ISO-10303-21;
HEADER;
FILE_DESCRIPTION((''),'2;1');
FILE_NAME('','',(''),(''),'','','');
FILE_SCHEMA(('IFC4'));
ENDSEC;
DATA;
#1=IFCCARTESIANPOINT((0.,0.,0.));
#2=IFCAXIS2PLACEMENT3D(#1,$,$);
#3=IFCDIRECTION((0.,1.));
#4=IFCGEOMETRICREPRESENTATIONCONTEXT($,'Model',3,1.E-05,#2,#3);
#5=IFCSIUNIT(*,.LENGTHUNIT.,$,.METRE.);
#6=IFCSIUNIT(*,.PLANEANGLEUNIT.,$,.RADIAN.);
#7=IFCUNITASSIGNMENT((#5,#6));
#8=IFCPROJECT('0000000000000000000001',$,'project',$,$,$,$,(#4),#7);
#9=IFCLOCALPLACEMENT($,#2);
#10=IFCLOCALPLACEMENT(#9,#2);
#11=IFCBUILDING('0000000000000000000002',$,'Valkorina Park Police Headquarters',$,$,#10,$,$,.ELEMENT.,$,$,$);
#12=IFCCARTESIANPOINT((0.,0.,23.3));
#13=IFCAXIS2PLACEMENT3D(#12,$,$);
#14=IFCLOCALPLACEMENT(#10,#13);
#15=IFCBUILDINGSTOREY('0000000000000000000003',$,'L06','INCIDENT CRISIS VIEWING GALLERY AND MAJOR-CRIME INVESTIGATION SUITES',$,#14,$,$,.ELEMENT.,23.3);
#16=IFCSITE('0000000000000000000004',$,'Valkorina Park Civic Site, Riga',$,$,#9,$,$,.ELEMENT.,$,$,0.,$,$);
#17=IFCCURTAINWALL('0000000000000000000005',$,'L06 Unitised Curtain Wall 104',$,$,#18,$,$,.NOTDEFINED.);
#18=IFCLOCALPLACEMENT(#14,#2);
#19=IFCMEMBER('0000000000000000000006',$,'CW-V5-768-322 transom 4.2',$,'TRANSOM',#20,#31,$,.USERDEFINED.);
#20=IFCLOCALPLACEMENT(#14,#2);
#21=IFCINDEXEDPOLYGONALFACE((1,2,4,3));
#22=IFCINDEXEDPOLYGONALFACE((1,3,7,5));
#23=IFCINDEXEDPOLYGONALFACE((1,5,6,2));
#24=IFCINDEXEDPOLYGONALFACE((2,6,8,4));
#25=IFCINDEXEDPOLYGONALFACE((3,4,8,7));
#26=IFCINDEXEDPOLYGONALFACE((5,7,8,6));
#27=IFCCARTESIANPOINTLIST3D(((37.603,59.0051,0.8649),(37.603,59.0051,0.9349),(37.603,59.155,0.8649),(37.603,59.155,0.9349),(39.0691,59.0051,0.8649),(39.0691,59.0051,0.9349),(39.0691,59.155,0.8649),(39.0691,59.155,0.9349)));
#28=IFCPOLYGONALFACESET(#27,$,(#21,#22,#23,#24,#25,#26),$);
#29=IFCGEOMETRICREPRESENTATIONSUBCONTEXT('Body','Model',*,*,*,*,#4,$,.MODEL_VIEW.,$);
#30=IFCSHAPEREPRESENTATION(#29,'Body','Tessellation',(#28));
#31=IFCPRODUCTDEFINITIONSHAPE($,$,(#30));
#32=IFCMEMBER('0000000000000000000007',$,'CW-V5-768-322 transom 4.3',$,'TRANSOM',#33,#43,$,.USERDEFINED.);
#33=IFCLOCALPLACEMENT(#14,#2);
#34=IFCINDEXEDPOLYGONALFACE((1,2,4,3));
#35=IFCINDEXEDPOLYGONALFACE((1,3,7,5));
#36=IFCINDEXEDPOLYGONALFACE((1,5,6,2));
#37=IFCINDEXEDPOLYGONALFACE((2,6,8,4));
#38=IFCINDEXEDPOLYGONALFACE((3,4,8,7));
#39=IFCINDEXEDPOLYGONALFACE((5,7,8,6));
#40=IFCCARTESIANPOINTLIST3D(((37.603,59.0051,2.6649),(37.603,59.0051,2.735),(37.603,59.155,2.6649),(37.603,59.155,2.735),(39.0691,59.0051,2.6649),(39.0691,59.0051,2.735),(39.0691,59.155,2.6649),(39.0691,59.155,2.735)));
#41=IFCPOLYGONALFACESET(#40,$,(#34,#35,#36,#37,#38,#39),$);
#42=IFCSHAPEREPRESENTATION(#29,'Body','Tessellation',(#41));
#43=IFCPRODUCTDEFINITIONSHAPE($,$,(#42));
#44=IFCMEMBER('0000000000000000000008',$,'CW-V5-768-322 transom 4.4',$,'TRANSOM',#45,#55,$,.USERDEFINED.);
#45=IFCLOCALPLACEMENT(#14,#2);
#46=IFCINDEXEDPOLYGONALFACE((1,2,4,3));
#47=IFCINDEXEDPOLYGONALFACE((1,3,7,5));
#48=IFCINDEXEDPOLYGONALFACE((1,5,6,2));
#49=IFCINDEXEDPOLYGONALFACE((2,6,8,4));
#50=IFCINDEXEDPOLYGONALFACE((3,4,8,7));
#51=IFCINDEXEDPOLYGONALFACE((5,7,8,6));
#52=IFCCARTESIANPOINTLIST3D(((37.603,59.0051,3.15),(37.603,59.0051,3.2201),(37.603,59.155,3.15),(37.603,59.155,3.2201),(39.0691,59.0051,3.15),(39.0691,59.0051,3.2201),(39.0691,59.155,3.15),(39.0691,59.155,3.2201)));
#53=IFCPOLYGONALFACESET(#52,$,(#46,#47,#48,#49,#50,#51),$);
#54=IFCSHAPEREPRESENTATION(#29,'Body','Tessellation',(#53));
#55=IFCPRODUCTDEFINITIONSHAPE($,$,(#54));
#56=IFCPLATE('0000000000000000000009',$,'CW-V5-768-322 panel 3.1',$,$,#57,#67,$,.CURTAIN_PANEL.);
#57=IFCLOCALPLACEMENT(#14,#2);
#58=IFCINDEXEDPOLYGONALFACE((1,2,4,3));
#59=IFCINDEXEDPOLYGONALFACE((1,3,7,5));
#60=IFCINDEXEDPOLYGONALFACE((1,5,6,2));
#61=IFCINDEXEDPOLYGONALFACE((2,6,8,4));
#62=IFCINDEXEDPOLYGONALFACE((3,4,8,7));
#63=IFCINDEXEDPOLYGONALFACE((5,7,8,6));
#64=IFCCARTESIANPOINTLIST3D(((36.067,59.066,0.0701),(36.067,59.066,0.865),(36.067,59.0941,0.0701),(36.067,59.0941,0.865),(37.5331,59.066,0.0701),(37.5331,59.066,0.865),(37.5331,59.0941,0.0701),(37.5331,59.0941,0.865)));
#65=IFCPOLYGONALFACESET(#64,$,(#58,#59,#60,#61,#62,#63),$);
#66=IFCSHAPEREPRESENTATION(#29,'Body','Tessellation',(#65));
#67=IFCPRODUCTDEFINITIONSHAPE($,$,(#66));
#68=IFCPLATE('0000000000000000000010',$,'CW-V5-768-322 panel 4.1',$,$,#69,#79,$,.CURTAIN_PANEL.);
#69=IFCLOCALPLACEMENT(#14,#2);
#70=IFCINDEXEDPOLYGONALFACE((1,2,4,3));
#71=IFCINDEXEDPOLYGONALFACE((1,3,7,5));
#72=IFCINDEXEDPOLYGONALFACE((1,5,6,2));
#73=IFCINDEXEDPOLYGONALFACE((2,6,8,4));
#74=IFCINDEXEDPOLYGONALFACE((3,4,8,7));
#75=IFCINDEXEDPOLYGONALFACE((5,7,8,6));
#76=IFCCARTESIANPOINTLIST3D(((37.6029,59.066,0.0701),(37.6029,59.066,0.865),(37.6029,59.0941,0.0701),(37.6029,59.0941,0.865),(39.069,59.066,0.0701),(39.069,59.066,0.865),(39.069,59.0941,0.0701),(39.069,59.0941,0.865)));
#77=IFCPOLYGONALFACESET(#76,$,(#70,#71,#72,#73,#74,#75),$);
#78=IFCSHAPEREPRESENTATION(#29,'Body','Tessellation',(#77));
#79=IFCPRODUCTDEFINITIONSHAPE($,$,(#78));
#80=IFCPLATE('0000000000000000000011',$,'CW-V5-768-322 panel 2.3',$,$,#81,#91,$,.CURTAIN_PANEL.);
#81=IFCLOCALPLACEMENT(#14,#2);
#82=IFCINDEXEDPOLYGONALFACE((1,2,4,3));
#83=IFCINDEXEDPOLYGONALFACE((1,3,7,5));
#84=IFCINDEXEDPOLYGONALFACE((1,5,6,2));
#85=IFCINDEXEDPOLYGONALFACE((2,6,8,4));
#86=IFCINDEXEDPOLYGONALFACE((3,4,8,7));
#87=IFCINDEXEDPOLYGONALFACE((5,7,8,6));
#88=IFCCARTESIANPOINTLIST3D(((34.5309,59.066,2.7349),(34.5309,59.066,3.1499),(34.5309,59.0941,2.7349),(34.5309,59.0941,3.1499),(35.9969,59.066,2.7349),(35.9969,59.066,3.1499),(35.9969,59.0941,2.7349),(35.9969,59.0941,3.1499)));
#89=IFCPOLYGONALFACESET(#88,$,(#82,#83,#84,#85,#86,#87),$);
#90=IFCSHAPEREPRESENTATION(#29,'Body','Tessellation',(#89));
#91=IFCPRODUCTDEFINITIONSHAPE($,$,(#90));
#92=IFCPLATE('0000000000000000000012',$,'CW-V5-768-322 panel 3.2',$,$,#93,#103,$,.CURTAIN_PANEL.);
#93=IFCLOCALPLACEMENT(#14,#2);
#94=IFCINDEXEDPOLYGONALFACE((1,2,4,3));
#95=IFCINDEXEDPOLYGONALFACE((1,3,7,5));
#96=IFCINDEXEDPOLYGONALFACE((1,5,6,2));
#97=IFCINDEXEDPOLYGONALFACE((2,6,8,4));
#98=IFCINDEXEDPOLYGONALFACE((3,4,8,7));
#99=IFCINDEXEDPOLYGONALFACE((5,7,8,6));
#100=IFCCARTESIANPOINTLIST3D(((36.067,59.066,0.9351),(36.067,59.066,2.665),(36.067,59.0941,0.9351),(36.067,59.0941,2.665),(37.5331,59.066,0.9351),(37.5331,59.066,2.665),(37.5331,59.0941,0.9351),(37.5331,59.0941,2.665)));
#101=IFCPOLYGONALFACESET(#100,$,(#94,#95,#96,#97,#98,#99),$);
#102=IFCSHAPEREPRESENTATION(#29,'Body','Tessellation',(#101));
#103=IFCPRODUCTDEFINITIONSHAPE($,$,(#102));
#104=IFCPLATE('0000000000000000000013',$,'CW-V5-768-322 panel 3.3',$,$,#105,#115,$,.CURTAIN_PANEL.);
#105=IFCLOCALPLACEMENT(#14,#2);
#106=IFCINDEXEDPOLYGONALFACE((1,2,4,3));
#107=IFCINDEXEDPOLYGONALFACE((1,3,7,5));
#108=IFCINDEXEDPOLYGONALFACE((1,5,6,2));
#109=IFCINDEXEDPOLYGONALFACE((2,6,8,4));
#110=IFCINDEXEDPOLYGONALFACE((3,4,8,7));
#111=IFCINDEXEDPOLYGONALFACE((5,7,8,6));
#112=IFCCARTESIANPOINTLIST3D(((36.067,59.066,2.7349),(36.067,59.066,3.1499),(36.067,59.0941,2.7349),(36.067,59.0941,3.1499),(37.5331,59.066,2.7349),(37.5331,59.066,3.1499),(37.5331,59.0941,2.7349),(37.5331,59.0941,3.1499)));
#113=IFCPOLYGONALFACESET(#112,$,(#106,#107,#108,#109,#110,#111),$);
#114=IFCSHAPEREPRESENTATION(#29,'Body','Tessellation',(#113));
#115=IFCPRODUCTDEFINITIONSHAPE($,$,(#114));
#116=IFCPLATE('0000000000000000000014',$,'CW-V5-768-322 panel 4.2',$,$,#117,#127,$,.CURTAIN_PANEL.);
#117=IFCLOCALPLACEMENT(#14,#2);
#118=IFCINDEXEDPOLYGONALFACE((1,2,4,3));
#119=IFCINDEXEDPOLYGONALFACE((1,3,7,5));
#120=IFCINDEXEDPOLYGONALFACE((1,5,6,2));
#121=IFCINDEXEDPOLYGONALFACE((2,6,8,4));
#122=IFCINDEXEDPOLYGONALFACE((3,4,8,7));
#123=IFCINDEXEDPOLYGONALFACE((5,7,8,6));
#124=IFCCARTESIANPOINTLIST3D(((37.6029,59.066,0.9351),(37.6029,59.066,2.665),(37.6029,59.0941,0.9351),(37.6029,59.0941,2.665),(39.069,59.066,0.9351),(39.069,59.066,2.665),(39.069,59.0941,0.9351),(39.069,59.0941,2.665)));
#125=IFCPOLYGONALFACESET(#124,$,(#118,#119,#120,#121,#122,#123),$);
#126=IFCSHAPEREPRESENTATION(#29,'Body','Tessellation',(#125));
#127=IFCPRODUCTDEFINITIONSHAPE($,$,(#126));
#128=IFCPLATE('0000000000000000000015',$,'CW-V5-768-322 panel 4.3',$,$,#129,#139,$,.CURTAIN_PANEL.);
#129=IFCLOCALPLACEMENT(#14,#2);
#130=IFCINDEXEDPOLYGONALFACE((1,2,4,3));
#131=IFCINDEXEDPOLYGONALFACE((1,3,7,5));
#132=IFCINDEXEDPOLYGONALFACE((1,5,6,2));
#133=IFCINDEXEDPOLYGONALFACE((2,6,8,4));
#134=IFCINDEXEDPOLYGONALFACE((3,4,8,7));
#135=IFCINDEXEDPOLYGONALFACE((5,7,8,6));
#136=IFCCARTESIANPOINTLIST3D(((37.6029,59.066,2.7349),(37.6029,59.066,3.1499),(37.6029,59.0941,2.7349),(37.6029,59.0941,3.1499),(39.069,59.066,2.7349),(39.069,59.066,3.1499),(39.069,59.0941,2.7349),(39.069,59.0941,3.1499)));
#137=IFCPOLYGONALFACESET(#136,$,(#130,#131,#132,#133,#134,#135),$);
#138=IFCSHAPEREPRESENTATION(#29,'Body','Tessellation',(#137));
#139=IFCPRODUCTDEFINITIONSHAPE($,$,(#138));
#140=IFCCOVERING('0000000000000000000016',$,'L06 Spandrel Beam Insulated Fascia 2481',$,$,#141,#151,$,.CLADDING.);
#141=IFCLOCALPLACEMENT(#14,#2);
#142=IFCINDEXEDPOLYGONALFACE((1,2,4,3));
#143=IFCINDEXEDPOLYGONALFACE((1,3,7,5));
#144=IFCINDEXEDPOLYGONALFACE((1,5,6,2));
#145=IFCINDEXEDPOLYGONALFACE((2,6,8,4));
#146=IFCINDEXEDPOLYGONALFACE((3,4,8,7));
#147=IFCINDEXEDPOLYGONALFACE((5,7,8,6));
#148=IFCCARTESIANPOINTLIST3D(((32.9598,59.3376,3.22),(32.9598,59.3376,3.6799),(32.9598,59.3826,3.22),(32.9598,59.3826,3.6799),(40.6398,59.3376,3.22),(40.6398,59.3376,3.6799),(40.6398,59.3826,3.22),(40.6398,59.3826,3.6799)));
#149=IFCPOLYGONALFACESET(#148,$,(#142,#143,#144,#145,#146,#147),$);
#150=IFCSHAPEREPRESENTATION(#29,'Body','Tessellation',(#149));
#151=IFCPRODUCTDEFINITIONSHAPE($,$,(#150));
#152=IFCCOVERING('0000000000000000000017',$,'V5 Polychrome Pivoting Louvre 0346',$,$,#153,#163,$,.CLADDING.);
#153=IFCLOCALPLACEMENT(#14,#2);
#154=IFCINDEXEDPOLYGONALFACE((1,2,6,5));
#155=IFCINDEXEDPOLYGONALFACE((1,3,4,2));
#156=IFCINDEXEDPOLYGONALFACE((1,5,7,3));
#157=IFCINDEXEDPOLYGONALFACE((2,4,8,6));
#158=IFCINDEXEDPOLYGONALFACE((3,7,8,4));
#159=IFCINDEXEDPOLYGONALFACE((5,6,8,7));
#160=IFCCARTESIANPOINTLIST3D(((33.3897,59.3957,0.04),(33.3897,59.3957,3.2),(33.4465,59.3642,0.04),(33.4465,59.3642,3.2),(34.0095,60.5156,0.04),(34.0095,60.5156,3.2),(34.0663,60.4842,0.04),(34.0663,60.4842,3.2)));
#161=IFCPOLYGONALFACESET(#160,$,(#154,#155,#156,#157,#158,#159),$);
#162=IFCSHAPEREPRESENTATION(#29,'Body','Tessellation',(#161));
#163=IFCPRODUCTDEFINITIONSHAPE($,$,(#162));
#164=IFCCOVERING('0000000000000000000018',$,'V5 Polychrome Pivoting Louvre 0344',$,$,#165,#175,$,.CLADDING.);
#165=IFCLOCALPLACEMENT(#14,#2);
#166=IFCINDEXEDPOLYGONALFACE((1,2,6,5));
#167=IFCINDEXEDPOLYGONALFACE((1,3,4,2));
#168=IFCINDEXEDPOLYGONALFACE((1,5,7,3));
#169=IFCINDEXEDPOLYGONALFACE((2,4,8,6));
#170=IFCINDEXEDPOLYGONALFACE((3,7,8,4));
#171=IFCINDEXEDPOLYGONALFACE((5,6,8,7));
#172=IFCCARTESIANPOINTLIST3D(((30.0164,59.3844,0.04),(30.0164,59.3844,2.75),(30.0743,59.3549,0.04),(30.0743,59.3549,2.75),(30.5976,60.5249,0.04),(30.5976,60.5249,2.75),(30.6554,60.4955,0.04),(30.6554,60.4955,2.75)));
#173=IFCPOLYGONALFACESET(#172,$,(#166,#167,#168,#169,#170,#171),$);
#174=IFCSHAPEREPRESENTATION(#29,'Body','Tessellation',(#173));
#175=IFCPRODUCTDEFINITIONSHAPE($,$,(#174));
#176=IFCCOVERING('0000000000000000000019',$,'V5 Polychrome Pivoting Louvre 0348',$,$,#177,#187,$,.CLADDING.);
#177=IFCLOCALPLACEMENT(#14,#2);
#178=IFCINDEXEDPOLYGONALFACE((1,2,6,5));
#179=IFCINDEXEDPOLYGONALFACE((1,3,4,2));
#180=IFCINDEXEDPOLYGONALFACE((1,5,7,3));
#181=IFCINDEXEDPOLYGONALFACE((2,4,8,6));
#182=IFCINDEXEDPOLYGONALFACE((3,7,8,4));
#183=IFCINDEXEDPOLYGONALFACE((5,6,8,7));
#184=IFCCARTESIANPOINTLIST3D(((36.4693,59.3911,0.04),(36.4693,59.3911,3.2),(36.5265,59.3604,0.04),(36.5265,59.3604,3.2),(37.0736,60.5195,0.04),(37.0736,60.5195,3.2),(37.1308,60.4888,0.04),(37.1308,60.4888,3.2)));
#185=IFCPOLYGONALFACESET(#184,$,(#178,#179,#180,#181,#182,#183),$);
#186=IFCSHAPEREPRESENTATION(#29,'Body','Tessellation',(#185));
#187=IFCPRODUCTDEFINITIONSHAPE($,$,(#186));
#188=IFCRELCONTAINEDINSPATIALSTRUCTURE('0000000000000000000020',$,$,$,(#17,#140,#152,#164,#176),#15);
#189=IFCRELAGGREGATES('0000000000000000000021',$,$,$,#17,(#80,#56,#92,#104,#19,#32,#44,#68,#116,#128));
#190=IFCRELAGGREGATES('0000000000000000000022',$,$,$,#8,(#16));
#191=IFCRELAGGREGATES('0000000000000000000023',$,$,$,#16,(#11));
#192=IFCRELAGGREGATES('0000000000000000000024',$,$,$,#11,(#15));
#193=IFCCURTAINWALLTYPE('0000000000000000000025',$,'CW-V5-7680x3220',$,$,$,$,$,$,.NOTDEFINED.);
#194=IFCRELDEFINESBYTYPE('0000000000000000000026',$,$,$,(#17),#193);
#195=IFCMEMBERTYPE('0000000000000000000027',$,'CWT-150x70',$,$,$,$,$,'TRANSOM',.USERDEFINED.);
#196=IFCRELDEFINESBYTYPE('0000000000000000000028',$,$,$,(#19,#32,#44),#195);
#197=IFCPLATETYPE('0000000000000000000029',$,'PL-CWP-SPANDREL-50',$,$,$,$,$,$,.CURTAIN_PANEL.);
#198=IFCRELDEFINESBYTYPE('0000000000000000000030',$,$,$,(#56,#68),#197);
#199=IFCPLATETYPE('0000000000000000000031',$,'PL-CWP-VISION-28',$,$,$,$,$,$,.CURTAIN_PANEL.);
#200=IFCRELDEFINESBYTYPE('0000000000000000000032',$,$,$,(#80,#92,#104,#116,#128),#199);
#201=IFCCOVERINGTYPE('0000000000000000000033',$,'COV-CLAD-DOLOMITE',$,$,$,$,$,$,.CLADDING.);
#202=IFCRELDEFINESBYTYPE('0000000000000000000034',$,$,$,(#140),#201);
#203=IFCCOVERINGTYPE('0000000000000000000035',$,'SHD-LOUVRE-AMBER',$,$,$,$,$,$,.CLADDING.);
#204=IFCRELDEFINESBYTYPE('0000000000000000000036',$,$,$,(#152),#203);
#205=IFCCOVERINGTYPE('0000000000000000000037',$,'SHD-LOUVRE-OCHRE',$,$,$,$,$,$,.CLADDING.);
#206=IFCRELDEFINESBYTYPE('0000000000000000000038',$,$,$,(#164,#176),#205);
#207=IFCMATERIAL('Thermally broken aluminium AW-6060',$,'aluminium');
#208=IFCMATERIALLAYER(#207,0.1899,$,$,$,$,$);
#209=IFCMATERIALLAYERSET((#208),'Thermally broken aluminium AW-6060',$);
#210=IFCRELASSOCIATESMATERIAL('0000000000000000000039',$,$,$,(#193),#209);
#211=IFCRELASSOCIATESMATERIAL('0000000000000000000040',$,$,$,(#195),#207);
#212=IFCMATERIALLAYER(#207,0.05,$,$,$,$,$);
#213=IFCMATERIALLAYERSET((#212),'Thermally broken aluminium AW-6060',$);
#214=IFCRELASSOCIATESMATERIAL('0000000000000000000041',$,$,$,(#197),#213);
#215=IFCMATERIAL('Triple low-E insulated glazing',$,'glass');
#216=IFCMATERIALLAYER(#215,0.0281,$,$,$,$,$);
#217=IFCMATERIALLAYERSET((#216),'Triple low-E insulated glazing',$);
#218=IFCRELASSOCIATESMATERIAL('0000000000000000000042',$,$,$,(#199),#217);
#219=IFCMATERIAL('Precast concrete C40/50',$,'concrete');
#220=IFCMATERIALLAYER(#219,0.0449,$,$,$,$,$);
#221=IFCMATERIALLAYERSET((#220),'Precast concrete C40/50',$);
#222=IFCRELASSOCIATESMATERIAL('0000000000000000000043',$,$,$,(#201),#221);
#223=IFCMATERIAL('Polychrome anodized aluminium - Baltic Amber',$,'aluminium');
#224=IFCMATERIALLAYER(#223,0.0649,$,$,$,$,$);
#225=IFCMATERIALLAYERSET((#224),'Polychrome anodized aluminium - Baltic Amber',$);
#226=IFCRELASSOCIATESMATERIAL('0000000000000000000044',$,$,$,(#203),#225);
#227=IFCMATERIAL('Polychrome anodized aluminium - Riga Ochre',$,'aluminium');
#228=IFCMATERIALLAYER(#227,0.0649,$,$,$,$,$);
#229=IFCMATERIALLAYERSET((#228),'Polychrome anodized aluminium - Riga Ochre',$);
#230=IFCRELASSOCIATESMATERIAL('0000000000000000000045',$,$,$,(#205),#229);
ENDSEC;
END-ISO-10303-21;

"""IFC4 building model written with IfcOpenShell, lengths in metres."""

from ifc_helpers import new_model, si_unit, direction, frame, frame_2d, origin, origin_2d, place, context, subcontext, project, spatial, rectangle, extrude, material, layer, layer_set, material_profile, profile_set, type_object, element, aggregate, save


model = new_model("IFC4")

# Units and contexts
model_context = context("Model", 3, precision=1e-05, world=origin(), true_north=direction((0.0, 1.0)))
body_context = subcontext(model_context, "Body", "Model", "MODEL_VIEW")
ifc_project = project(units=[si_unit("LENGTHUNIT", "METRE"), si_unit("PLANEANGLEUNIT", "RADIAN")], contexts=[model_context])

# Site, building, storey
site_placement = place(None, origin())
site = spatial("IfcSite", under=ifc_project, at=site_placement, Name="Valkorina Park Civic Site, Riga", CompositionType="ELEMENT", RefElevation=0.0)
building_placement = place(site_placement, origin())
building = spatial("IfcBuilding", under=site, at=building_placement, Name="Valkorina Park Police Headquarters", CompositionType="ELEMENT")
storey_placement = place(building_placement, frame((0.0, 0.0, 23.3)))
storey = spatial("IfcBuildingStorey", under=building, at=storey_placement, Name="L06", Description="INCIDENT CRISIS VIEWING GALLERY AND MAJOR-CRIME INVESTIGATION SUITES", CompositionType="ELEMENT", Elevation=23.3)

# Curtain wall, members, plates
ifc_material_1 = material(Name="Thermally broken aluminium AW-6060", Category="aluminium")
ifc_layer_1 = layer(ifc_material_1, 0.1899)
ifc_layer_set_1 = layer_set([ifc_layer_1], Name="Thermally broken aluminium AW-6060")
curtain_wall_type = type_object("IfcCurtainWallType", Name="CW-V5-7680x3220", PredefinedType="NOTDEFINED", material=ifc_layer_set_1)
curtain_wall_placement = place(storey_placement, origin())
curtain_wall = element("IfcCurtainWall", 1, at=curtain_wall_placement, inside=storey, type_object=curtain_wall_type, Name="L06 Unitised Curtain Wall 104", PredefinedType="NOTDEFINED")
ifc_material_profile_1 = material_profile(ifc_material_1, rectangle(XDim=0.1499, YDim=0.0701, at=origin_2d()), Name="CWT-02 150x70")
ifc_profile_set_1 = profile_set([ifc_material_profile_1], Name="Thermally broken aluminium AW-6060")
member_type_1 = type_object("IfcMemberType", Name="CWT-150x70", ElementType="TRANSOM", PredefinedType="USERDEFINED", material=ifc_profile_set_1)
member_1_placement = place(storey_placement, frame((37.603, 59.0801, 0.8999), z_axis=(1.0, 0.0, 0.0), x_axis=(0.0, 1.0, 0.0)))
member_1 = element("IfcMember", 2, at=member_1_placement, type_object=member_type_1, Name="CW-V5-768-322 transom 4.2", ObjectType="TRANSOM", PredefinedType="USERDEFINED", context=body_context, shape_type="SweptSolid", body=[
    extrude(rectangle(XDim=0.1499, YDim=0.0701, at=origin_2d()), origin(), (0.0, 0.0, 1.0), 1.4661),
])
member_2_placement = place(storey_placement, frame((37.603, 59.0801, 2.7), z_axis=(1.0, 0.0, 0.0), x_axis=(0.0, 1.0, 0.0)))
member_2 = element("IfcMember", 3, at=member_2_placement, type_object=member_type_1, Name="CW-V5-768-322 transom 4.3", ObjectType="TRANSOM", PredefinedType="USERDEFINED", context=body_context, shape_type="SweptSolid", body=[
    extrude(rectangle(XDim=0.1499, YDim=0.0701, at=origin_2d()), origin(), (0.0, 0.0, 1.0), 1.4661),
])
member_3_placement = place(storey_placement, frame((37.603, 59.0801, 3.1851), z_axis=(1.0, 0.0, 0.0), x_axis=(0.0, 1.0, 0.0)))
member_3 = element("IfcMember", 4, at=member_3_placement, type_object=member_type_1, Name="CW-V5-768-322 transom 4.4", ObjectType="TRANSOM", PredefinedType="USERDEFINED", context=body_context, shape_type="SweptSolid", body=[
    extrude(rectangle(XDim=0.1499, YDim=0.0701, at=origin_2d()), origin(), (0.0, 0.0, 1.0), 1.4661),
])
ifc_layer_2 = layer(ifc_material_1, 0.05)
ifc_layer_set_2 = layer_set([ifc_layer_2], Name="Thermally broken aluminium AW-6060")
plate_type_1 = type_object("IfcPlateType", Name="PL-CWP-SPANDREL-50", PredefinedType="CURTAIN_PANEL", material=ifc_layer_set_2)
plate_1_placement = place(storey_placement, frame((36.8, 59.0801, 0.0701), z_axis=(0.0, 0.0, 1.0), x_axis=(1.0, 0.0, 0.0)))
plate_1 = element("IfcPlate", 5, at=plate_1_placement, type_object=plate_type_1, Name="CW-V5-768-322 panel 3.1", PredefinedType="CURTAIN_PANEL", context=body_context, shape_type="SweptSolid", body=[
    extrude(rectangle(XDim=1.4661, YDim=0.0281, at=origin_2d()), origin(), (0.0, 0.0, 1.0), 0.7949),
])
plate_2_placement = place(storey_placement, frame((38.3359, 59.0801, 0.0701), z_axis=(0.0, 0.0, 1.0), x_axis=(1.0, 0.0, 0.0)))
plate_2 = element("IfcPlate", 6, at=plate_2_placement, type_object=plate_type_1, Name="CW-V5-768-322 panel 4.1", PredefinedType="CURTAIN_PANEL", context=body_context, shape_type="SweptSolid", body=[
    extrude(rectangle(XDim=1.4661, YDim=0.0281, at=origin_2d()), origin(), (0.0, 0.0, 1.0), 0.7949),
])
ifc_material_2 = material(Name="Triple low-E insulated glazing", Category="glass")
ifc_layer_3 = layer(ifc_material_2, 0.0281)
ifc_layer_set_3 = layer_set([ifc_layer_3], Name="Triple low-E insulated glazing")
plate_type_2 = type_object("IfcPlateType", Name="PL-CWP-VISION-28", PredefinedType="CURTAIN_PANEL", material=ifc_layer_set_3)
plate_3_placement = place(storey_placement, frame((35.2639, 59.0801, 2.7349), z_axis=(0.0, 0.0, 1.0), x_axis=(1.0, 0.0, 0.0)))
plate_3 = element("IfcPlate", 7, at=plate_3_placement, type_object=plate_type_2, Name="CW-V5-768-322 panel 2.3", PredefinedType="CURTAIN_PANEL", context=body_context, shape_type="SweptSolid", body=[
    extrude(rectangle(XDim=1.4661, YDim=0.0281, at=origin_2d()), origin(), (0.0, 0.0, 1.0), 0.415),
])
plate_4_placement = place(storey_placement, frame((36.8, 59.0801, 0.9351), z_axis=(0.0, 0.0, 1.0), x_axis=(1.0, 0.0, 0.0)))
plate_4 = element("IfcPlate", 8, at=plate_4_placement, type_object=plate_type_2, Name="CW-V5-768-322 panel 3.2", PredefinedType="CURTAIN_PANEL", context=body_context, shape_type="SweptSolid", body=[
    extrude(rectangle(XDim=1.4661, YDim=0.0281, at=origin_2d()), origin(), (0.0, 0.0, 1.0), 1.73),
])
plate_5_placement = place(storey_placement, frame((36.8, 59.0801, 2.7349), z_axis=(0.0, 0.0, 1.0), x_axis=(1.0, 0.0, 0.0)))
plate_5 = element("IfcPlate", 9, at=plate_5_placement, type_object=plate_type_2, Name="CW-V5-768-322 panel 3.3", PredefinedType="CURTAIN_PANEL", context=body_context, shape_type="SweptSolid", body=[
    extrude(rectangle(XDim=1.4661, YDim=0.0281, at=origin_2d()), origin(), (0.0, 0.0, 1.0), 0.415),
])
plate_6_placement = place(storey_placement, frame((38.3359, 59.0801, 0.9351), z_axis=(0.0, 0.0, 1.0), x_axis=(1.0, 0.0, 0.0)))
plate_6 = element("IfcPlate", 10, at=plate_6_placement, type_object=plate_type_2, Name="CW-V5-768-322 panel 4.2", PredefinedType="CURTAIN_PANEL", context=body_context, shape_type="SweptSolid", body=[
    extrude(rectangle(XDim=1.4661, YDim=0.0281, at=origin_2d()), origin(), (0.0, 0.0, 1.0), 1.73),
])
plate_7_placement = place(storey_placement, frame((38.3359, 59.0801, 2.7349), z_axis=(0.0, 0.0, 1.0), x_axis=(1.0, 0.0, 0.0)))
plate_7 = element("IfcPlate", 11, at=plate_7_placement, type_object=plate_type_2, Name="CW-V5-768-322 panel 4.3", PredefinedType="CURTAIN_PANEL", context=body_context, shape_type="SweptSolid", body=[
    extrude(rectangle(XDim=1.4661, YDim=0.0281, at=origin_2d()), origin(), (0.0, 0.0, 1.0), 0.415),
])
aggregate(curtain_wall, [plate_3, plate_1, plate_4, plate_5, member_1, member_2, member_3, plate_2, plate_6, plate_7])

# Coverings
ifc_material_3 = material(Name="Precast concrete C40/50", Category="concrete")
ifc_layer_4 = layer(ifc_material_3, 0.0449)
ifc_layer_set_4 = layer_set([ifc_layer_4], Name="Precast concrete C40/50")
covering_type_1 = type_object("IfcCoveringType", Name="COV-CLAD-DOLOMITE", PredefinedType="CLADDING", material=ifc_layer_set_4)
covering_1_placement = place(storey_placement, frame((32.96, 59.3601, 3.22), z_axis=(0.0, 0.0, 1.0), x_axis=(1.0, 0.0, 0.0)))
element("IfcCovering", 12, at=covering_1_placement, inside=storey, type_object=covering_type_1, Name="L06 Spandrel Beam Insulated Fascia 2481", PredefinedType="CLADDING", context=body_context, shape_type="SweptSolid", body=[
    extrude(rectangle(XDim=7.6799, YDim=0.0449, at=frame_2d((3.8398, 0.0))), origin(), (0.0, 0.0, 1.0), 0.46),
])
ifc_material_4 = material(Name="Polychrome anodized aluminium - Baltic Amber", Category="aluminium")
ifc_layer_5 = layer(ifc_material_4, 0.0649)
ifc_layer_set_5 = layer_set([ifc_layer_5], Name="Polychrome anodized aluminium - Baltic Amber")
covering_type_2 = type_object("IfcCoveringType", Name="SHD-LOUVRE-AMBER", PredefinedType="CLADDING", material=ifc_layer_set_5)
covering_2_placement = place(storey_placement, frame((33.728, 59.9399, 0.04), z_axis=(0.0, 0.0, 1.0), x_axis=(0.484199, 0.874958, 0.0)))
element("IfcCovering", 13, at=covering_2_placement, inside=storey, type_object=covering_type_2, Name="V5 Polychrome Pivoting Louvre 0346", PredefinedType="CLADDING", context=body_context, shape_type="SweptSolid", body=[
    extrude(rectangle(XDim=1.28, YDim=0.0649, at=origin_2d()), origin(), (0.0, 0.0, 1.0), 3.1599),
])
ifc_material_5 = material(Name="Polychrome anodized aluminium - Riga Ochre", Category="aluminium")
ifc_layer_6 = layer(ifc_material_5, 0.0649)
ifc_layer_set_6 = layer_set([ifc_layer_6], Name="Polychrome anodized aluminium - Riga Ochre")
covering_type_3 = type_object("IfcCoveringType", Name="SHD-LOUVRE-OCHRE", PredefinedType="CLADDING", material=ifc_layer_set_6)
covering_3_placement = place(storey_placement, frame((30.3359, 59.9399, 0.04), z_axis=(0.0, 0.0, 1.0), x_axis=(0.45399, 0.891007, 0.0)))
element("IfcCovering", 14, at=covering_3_placement, inside=storey, type_object=covering_type_3, Name="V5 Polychrome Pivoting Louvre 0344", PredefinedType="CLADDING", context=body_context, shape_type="SweptSolid", body=[
    extrude(rectangle(XDim=1.28, YDim=0.0649, at=origin_2d()), origin(), (0.0, 0.0, 1.0), 2.71),
])
covering_4_placement = place(storey_placement, frame((36.8, 59.9399, 0.04), z_axis=(0.0, 0.0, 1.0), x_axis=(0.472089, 0.881551, 0.0)))
element("IfcCovering", 15, at=covering_4_placement, inside=storey, type_object=covering_type_3, Name="V5 Polychrome Pivoting Louvre 0348", PredefinedType="CLADDING", context=body_context, shape_type="SweptSolid", body=[
    extrude(rectangle(XDim=1.28, YDim=0.0649, at=origin_2d()), origin(), (0.0, 0.0, 1.0), 3.1599),
])

save(model, "model.ifc")
